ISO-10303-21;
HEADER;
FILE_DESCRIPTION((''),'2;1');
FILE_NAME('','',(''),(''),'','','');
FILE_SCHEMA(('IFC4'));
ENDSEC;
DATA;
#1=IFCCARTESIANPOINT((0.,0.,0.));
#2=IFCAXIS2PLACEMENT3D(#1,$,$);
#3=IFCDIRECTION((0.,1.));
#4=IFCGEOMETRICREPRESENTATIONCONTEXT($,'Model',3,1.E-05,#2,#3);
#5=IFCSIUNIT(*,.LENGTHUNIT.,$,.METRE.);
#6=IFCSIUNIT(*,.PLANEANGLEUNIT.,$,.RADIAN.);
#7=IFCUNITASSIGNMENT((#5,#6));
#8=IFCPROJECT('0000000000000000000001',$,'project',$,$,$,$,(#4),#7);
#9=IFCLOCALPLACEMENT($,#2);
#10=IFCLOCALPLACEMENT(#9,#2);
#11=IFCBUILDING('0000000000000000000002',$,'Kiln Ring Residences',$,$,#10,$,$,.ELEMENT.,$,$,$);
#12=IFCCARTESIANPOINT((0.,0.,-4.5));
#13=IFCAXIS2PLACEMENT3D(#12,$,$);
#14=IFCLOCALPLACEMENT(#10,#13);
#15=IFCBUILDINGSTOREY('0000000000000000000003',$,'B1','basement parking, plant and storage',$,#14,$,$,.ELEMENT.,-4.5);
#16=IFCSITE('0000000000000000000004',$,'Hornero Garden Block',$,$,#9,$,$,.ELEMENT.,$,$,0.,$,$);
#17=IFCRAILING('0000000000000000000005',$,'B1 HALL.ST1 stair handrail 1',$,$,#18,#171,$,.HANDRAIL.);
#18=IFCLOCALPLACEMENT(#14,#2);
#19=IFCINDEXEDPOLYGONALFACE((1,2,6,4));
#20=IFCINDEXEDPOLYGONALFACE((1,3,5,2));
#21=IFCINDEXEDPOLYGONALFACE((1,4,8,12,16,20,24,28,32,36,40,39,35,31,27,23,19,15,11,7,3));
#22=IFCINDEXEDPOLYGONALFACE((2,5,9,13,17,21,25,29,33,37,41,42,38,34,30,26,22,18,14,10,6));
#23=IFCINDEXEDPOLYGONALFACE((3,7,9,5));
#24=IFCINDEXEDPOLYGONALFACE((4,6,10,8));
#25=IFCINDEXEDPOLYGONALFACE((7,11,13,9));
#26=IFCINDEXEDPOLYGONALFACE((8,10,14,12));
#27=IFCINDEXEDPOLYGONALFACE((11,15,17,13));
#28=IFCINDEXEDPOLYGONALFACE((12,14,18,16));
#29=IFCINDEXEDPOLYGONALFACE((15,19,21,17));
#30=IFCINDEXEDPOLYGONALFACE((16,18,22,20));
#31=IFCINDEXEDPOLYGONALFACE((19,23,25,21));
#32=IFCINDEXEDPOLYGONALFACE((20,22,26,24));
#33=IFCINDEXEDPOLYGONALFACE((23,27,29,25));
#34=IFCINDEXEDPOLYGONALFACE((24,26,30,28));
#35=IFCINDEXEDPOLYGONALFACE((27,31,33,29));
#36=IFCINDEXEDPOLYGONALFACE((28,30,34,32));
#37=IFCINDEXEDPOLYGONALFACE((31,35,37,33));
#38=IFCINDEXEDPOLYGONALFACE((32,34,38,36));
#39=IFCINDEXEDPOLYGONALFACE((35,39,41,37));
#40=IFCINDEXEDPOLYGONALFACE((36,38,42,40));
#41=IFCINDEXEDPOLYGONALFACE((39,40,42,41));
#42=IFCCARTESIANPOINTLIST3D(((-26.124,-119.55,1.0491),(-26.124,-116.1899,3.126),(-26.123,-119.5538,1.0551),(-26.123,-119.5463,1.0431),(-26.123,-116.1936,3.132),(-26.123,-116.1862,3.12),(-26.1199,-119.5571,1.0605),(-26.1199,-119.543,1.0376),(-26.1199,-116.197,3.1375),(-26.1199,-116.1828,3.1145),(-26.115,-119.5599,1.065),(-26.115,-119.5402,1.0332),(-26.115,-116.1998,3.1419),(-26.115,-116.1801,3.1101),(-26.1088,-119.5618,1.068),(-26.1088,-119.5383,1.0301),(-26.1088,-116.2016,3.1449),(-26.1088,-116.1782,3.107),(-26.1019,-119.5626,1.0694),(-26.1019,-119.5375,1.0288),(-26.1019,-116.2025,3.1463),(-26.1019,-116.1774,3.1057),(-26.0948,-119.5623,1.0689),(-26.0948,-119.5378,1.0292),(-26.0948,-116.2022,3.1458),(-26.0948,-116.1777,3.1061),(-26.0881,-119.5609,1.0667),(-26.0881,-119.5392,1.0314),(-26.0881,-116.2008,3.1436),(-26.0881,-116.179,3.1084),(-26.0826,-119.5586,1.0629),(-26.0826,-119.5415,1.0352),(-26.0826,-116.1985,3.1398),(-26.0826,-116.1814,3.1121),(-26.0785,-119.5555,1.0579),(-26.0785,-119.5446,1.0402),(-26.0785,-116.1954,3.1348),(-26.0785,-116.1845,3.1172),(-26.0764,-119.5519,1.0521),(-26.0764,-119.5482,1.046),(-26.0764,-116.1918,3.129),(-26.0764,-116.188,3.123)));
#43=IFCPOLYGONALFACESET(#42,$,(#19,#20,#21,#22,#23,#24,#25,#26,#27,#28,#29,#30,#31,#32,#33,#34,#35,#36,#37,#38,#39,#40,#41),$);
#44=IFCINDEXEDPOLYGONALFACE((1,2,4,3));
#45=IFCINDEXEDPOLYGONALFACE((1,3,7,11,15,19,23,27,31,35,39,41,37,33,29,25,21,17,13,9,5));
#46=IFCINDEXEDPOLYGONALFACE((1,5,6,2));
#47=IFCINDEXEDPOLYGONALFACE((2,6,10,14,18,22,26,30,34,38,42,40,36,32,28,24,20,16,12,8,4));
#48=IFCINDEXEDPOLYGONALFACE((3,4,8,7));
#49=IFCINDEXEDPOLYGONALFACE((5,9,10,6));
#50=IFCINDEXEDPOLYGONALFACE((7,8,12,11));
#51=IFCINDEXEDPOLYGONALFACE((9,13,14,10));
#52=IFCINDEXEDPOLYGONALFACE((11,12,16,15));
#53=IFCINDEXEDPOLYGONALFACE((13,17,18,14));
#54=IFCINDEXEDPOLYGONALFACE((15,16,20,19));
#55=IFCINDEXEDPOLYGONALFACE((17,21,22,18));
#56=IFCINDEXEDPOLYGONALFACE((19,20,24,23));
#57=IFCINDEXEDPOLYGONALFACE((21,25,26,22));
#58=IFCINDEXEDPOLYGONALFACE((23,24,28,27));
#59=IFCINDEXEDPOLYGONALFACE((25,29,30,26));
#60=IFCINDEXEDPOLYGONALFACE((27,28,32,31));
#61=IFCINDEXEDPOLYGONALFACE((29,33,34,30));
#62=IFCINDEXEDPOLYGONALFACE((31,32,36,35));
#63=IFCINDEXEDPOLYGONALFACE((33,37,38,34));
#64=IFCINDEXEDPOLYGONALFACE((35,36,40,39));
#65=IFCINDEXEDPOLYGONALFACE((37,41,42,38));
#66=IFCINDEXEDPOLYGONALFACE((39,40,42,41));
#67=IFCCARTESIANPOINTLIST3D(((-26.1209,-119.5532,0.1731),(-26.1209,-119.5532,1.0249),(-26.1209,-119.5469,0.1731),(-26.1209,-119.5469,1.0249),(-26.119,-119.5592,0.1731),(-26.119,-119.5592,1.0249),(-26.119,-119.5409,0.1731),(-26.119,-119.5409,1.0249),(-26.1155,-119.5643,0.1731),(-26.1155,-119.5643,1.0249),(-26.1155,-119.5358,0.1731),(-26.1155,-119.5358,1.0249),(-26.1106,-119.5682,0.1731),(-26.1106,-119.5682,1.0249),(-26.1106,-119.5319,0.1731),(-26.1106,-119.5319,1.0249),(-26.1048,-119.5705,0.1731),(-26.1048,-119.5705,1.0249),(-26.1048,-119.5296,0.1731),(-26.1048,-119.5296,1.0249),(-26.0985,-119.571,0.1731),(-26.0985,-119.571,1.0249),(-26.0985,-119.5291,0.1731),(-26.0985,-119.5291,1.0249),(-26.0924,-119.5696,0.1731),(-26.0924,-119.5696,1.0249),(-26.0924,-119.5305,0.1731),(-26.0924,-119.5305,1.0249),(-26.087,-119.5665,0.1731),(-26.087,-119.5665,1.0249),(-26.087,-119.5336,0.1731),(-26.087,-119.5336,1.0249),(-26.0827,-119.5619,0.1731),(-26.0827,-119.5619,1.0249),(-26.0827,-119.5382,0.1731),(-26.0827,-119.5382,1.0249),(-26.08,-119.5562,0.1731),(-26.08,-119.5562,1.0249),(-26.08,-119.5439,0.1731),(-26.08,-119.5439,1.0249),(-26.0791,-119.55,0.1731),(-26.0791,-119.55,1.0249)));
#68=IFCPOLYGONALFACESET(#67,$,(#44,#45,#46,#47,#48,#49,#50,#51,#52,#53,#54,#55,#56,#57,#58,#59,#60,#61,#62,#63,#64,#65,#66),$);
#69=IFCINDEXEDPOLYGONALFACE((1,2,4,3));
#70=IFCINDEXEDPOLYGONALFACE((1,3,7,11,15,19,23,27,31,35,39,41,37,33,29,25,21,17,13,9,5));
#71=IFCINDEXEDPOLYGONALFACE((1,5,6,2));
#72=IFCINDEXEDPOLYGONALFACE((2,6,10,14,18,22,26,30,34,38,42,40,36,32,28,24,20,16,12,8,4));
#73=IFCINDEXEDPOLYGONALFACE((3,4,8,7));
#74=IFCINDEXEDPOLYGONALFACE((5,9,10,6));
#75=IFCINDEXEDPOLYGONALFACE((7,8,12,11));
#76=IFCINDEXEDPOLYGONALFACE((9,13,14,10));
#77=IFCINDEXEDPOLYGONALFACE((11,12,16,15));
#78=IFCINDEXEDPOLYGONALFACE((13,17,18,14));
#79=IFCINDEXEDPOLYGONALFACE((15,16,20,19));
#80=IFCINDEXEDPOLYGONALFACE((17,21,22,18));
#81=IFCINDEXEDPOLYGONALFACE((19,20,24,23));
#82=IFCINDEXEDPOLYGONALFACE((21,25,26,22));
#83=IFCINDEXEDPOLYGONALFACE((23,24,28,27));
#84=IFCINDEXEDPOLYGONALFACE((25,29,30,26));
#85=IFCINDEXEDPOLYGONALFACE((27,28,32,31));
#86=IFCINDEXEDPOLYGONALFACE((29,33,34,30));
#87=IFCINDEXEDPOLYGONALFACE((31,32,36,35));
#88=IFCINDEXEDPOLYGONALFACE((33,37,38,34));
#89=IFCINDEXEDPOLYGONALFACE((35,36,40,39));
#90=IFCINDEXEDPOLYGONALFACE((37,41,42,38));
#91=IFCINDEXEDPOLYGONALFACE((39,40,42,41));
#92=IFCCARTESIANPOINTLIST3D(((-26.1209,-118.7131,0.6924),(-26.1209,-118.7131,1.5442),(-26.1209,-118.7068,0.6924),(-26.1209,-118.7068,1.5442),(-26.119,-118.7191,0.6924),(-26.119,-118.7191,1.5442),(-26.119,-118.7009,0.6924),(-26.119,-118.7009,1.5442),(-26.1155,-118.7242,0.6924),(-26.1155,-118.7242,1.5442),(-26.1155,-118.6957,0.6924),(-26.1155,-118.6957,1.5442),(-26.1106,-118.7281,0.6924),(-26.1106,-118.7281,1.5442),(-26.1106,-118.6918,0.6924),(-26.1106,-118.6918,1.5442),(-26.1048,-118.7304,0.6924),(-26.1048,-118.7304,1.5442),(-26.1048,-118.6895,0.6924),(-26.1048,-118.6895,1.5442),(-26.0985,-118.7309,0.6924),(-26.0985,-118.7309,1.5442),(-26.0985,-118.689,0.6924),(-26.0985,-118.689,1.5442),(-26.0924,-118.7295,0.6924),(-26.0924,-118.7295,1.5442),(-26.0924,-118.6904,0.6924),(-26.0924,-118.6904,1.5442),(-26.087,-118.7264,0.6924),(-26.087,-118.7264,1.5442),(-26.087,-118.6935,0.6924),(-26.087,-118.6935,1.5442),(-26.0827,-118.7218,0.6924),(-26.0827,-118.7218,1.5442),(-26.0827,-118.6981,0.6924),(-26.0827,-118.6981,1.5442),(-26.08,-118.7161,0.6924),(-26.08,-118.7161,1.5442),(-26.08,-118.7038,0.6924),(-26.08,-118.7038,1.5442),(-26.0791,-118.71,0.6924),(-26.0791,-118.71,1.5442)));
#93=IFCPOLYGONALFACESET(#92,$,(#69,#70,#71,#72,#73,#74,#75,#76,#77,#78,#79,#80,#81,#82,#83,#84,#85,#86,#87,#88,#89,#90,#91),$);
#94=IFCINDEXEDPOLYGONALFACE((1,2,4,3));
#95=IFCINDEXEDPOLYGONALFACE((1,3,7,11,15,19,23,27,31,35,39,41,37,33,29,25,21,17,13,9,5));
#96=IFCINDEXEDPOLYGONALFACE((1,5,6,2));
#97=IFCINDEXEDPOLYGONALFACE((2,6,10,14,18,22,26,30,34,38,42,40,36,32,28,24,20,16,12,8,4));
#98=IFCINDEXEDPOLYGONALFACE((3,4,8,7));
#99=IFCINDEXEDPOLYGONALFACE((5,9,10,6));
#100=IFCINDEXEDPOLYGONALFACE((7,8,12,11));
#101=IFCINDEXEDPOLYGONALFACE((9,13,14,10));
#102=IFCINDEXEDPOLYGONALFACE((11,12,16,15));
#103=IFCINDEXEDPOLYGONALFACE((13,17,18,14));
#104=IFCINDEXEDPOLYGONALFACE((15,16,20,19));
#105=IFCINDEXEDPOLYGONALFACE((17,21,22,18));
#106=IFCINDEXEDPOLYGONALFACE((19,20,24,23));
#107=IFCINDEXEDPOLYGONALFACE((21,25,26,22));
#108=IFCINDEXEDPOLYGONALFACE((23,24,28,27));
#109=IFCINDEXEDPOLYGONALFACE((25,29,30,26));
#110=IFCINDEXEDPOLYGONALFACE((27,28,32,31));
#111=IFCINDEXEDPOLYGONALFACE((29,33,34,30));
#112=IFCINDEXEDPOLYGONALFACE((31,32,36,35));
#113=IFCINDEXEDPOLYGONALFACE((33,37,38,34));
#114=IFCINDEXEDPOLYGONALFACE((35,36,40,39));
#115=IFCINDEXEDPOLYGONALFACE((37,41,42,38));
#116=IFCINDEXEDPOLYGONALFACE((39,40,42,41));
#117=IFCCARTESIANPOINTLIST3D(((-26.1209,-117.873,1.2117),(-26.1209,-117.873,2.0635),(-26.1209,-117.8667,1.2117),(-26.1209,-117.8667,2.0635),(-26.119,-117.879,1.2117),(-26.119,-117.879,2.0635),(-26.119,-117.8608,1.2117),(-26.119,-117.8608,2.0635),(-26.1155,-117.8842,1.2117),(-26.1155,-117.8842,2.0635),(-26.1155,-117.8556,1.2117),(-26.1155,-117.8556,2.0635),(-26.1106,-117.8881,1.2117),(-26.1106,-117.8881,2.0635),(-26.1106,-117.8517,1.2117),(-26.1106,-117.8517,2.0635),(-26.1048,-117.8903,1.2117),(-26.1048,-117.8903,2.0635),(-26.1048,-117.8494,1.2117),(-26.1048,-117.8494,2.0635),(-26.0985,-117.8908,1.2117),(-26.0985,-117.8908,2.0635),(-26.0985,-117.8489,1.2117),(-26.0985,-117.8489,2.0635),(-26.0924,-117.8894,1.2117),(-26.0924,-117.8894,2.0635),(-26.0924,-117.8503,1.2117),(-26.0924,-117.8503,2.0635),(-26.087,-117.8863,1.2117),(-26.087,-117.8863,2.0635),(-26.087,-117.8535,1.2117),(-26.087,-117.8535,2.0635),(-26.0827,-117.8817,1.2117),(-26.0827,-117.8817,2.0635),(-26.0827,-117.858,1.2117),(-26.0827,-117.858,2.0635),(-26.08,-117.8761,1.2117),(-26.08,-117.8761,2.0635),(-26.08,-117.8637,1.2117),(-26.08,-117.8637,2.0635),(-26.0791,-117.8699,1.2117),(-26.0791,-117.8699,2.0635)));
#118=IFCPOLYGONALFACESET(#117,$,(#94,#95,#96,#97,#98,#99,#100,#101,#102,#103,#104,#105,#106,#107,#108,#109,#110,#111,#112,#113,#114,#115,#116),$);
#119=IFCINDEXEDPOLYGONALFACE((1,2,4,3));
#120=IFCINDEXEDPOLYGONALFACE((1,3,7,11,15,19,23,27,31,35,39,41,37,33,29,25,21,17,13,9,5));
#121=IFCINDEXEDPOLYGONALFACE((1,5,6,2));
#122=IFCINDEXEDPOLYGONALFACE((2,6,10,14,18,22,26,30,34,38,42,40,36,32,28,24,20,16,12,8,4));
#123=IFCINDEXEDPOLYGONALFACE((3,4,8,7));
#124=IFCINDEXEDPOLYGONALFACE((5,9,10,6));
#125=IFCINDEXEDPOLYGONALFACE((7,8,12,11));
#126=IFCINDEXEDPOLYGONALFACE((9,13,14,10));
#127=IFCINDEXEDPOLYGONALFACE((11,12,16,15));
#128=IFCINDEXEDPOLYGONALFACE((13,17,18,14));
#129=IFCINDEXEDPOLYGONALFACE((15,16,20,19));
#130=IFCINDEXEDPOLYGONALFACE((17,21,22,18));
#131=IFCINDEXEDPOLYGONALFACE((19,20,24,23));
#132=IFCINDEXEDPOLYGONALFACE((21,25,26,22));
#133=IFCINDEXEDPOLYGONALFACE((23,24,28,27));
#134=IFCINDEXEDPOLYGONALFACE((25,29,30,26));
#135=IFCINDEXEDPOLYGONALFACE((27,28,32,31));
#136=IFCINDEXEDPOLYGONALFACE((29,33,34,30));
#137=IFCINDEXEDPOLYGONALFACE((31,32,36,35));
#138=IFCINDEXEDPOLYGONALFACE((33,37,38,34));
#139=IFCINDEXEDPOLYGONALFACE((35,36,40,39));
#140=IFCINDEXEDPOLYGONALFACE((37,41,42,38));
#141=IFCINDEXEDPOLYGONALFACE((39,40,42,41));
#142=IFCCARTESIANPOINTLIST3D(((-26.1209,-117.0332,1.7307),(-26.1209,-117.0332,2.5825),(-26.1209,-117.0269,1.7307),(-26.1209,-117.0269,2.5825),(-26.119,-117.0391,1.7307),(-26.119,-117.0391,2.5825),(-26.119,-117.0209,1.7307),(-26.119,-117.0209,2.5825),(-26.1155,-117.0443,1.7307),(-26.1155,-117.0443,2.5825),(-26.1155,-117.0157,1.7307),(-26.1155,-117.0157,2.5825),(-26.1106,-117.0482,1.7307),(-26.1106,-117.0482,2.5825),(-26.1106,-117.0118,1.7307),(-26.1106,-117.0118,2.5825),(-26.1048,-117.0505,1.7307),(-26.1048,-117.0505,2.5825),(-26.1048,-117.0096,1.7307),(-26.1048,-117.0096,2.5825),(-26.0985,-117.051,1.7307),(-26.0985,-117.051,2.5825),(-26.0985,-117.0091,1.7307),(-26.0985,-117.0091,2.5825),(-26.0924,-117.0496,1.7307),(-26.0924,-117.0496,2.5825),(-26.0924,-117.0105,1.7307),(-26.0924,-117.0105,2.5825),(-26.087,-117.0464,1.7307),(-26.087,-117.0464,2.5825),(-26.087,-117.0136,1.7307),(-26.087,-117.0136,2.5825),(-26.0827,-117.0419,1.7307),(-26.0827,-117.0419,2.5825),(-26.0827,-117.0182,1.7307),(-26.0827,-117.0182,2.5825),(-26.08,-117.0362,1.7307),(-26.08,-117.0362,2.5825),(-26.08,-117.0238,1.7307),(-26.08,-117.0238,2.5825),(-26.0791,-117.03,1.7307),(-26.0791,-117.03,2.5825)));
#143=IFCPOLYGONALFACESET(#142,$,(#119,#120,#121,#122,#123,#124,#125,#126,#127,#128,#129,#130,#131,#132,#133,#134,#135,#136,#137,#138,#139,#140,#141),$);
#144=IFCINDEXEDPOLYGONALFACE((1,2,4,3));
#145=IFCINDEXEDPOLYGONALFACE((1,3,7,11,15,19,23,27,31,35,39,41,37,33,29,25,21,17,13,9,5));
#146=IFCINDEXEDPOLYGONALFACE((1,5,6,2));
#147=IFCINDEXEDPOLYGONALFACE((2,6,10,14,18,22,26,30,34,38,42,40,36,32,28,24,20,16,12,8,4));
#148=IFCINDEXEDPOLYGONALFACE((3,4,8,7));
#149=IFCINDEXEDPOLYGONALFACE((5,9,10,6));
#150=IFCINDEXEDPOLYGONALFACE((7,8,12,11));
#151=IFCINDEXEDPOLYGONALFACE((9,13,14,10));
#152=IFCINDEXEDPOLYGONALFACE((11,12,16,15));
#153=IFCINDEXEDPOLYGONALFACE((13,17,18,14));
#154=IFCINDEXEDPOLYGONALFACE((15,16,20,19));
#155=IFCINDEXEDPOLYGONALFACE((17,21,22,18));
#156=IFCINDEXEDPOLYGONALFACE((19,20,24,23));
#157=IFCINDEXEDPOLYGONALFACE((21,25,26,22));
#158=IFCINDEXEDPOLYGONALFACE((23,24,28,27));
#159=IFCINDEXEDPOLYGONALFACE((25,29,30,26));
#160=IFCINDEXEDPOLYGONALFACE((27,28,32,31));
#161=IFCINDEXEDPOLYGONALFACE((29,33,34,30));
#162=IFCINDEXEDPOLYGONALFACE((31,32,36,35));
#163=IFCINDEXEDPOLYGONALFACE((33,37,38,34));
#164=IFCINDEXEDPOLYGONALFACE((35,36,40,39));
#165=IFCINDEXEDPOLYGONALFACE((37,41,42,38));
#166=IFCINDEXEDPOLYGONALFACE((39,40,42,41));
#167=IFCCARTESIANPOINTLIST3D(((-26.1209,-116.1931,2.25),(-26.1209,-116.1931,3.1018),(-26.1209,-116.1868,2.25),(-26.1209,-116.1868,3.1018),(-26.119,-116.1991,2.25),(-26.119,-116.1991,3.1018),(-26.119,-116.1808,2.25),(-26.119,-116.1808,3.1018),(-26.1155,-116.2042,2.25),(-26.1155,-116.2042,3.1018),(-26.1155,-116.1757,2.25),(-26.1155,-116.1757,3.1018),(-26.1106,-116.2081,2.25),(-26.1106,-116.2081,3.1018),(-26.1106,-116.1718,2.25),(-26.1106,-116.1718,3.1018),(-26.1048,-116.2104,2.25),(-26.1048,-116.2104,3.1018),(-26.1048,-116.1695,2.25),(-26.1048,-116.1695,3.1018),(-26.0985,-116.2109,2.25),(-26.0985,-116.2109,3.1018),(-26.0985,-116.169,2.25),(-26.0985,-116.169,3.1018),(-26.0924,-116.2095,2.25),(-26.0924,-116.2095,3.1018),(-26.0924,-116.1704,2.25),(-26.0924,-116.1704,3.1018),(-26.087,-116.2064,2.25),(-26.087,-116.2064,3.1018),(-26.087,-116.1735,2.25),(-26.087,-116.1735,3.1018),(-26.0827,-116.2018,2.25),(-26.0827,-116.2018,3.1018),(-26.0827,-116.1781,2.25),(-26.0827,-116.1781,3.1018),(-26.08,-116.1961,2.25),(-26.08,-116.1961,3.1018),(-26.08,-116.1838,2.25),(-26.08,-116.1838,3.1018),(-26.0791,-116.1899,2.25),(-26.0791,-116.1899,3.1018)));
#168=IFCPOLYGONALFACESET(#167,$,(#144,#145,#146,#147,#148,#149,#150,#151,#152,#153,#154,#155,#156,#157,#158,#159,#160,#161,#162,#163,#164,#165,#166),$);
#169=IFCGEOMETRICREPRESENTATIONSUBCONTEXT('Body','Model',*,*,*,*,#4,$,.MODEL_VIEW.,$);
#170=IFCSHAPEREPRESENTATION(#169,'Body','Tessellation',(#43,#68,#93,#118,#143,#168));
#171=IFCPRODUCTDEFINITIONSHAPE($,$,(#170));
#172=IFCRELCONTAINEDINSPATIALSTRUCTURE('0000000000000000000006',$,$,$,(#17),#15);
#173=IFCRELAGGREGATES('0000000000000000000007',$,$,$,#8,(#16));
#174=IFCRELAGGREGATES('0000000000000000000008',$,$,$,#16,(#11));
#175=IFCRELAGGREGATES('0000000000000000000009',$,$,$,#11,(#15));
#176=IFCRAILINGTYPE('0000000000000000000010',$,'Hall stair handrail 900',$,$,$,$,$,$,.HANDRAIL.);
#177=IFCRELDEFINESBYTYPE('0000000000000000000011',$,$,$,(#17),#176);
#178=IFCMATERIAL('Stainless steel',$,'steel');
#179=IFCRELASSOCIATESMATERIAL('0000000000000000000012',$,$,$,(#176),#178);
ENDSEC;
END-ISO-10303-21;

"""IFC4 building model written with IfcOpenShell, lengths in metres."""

from ifc_helpers import new_model, si_unit, direction, frame, origin, origin_2d, place, context, subcontext, project, spatial, circle, extrude, material, type_object, element, save


model = new_model("IFC4")

# Units and contexts
model_context = context("Model", 3, precision=1e-05, world=origin(), true_north=direction((0.0, 1.0)))
body_context = subcontext(model_context, "Body", "Model", "MODEL_VIEW")
ifc_project = project(units=[si_unit("LENGTHUNIT", "METRE"), si_unit("PLANEANGLEUNIT", "RADIAN")], contexts=[model_context])

# Site, building, storey
site_placement = place(None, origin())
site = spatial("IfcSite", under=ifc_project, at=site_placement, Name="Hornero Garden Block", CompositionType="ELEMENT", RefElevation=0.0)
building_placement = place(site_placement, origin())
building = spatial("IfcBuilding", under=site, at=building_placement, Name="Kiln Ring Residences", CompositionType="ELEMENT")
storey_placement = place(building_placement, frame((0.0, 0.0, -4.5)))
storey = spatial("IfcBuildingStorey", under=building, at=storey_placement, Name="B1", Description="basement parking, plant and storage", CompositionType="ELEMENT", Elevation=-4.5)

# Railing
ifc_material_1 = material(Name="Stainless steel", Category="steel")
railing_type_1 = type_object("IfcRailingType", Name="Hall stair handrail 900", PredefinedType="HANDRAIL", material=ifc_material_1)
railing_1_placement = place(storey_placement, frame((-26.1001, -119.55, 0.1731)))
element("IfcRailing", 1, at=railing_1_placement, inside=storey, type_object=railing_type_1, Name="B1 HALL.ST1 stair handrail 1", PredefinedType="HANDRAIL", context=body_context, shape_type="SweptSolid", body=[
    extrude(circle(Radius=0.0239, at=origin_2d()), frame((0.0, 0.0, 0.876), z_axis=(0.0, 0.850623, 0.525776), x_axis=(-1.0, 0.0, 0.0)), (0.0, 0.0, 1.0), 3.9502),
    extrude(circle(Radius=0.021, at=origin_2d()), origin(), (0.0, 0.0, 1.0), 0.8518),
    extrude(circle(Radius=0.021, at=origin_2d()), frame((0.0, 0.8401, 0.5193)), (0.0, 0.0, 1.0), 0.8518),
    extrude(circle(Radius=0.021, at=origin_2d()), frame((0.0, 1.6802, 1.0386)), (0.0, 0.0, 1.0), 0.8518),
    extrude(circle(Radius=0.021, at=origin_2d()), frame((0.0, 2.52, 1.5576)), (0.0, 0.0, 1.0), 0.8518),
    extrude(circle(Radius=0.021, at=origin_2d()), frame((0.0, 3.3601, 2.0769)), (0.0, 0.0, 1.0), 0.8518),
])

save(model, "model.ifc")
